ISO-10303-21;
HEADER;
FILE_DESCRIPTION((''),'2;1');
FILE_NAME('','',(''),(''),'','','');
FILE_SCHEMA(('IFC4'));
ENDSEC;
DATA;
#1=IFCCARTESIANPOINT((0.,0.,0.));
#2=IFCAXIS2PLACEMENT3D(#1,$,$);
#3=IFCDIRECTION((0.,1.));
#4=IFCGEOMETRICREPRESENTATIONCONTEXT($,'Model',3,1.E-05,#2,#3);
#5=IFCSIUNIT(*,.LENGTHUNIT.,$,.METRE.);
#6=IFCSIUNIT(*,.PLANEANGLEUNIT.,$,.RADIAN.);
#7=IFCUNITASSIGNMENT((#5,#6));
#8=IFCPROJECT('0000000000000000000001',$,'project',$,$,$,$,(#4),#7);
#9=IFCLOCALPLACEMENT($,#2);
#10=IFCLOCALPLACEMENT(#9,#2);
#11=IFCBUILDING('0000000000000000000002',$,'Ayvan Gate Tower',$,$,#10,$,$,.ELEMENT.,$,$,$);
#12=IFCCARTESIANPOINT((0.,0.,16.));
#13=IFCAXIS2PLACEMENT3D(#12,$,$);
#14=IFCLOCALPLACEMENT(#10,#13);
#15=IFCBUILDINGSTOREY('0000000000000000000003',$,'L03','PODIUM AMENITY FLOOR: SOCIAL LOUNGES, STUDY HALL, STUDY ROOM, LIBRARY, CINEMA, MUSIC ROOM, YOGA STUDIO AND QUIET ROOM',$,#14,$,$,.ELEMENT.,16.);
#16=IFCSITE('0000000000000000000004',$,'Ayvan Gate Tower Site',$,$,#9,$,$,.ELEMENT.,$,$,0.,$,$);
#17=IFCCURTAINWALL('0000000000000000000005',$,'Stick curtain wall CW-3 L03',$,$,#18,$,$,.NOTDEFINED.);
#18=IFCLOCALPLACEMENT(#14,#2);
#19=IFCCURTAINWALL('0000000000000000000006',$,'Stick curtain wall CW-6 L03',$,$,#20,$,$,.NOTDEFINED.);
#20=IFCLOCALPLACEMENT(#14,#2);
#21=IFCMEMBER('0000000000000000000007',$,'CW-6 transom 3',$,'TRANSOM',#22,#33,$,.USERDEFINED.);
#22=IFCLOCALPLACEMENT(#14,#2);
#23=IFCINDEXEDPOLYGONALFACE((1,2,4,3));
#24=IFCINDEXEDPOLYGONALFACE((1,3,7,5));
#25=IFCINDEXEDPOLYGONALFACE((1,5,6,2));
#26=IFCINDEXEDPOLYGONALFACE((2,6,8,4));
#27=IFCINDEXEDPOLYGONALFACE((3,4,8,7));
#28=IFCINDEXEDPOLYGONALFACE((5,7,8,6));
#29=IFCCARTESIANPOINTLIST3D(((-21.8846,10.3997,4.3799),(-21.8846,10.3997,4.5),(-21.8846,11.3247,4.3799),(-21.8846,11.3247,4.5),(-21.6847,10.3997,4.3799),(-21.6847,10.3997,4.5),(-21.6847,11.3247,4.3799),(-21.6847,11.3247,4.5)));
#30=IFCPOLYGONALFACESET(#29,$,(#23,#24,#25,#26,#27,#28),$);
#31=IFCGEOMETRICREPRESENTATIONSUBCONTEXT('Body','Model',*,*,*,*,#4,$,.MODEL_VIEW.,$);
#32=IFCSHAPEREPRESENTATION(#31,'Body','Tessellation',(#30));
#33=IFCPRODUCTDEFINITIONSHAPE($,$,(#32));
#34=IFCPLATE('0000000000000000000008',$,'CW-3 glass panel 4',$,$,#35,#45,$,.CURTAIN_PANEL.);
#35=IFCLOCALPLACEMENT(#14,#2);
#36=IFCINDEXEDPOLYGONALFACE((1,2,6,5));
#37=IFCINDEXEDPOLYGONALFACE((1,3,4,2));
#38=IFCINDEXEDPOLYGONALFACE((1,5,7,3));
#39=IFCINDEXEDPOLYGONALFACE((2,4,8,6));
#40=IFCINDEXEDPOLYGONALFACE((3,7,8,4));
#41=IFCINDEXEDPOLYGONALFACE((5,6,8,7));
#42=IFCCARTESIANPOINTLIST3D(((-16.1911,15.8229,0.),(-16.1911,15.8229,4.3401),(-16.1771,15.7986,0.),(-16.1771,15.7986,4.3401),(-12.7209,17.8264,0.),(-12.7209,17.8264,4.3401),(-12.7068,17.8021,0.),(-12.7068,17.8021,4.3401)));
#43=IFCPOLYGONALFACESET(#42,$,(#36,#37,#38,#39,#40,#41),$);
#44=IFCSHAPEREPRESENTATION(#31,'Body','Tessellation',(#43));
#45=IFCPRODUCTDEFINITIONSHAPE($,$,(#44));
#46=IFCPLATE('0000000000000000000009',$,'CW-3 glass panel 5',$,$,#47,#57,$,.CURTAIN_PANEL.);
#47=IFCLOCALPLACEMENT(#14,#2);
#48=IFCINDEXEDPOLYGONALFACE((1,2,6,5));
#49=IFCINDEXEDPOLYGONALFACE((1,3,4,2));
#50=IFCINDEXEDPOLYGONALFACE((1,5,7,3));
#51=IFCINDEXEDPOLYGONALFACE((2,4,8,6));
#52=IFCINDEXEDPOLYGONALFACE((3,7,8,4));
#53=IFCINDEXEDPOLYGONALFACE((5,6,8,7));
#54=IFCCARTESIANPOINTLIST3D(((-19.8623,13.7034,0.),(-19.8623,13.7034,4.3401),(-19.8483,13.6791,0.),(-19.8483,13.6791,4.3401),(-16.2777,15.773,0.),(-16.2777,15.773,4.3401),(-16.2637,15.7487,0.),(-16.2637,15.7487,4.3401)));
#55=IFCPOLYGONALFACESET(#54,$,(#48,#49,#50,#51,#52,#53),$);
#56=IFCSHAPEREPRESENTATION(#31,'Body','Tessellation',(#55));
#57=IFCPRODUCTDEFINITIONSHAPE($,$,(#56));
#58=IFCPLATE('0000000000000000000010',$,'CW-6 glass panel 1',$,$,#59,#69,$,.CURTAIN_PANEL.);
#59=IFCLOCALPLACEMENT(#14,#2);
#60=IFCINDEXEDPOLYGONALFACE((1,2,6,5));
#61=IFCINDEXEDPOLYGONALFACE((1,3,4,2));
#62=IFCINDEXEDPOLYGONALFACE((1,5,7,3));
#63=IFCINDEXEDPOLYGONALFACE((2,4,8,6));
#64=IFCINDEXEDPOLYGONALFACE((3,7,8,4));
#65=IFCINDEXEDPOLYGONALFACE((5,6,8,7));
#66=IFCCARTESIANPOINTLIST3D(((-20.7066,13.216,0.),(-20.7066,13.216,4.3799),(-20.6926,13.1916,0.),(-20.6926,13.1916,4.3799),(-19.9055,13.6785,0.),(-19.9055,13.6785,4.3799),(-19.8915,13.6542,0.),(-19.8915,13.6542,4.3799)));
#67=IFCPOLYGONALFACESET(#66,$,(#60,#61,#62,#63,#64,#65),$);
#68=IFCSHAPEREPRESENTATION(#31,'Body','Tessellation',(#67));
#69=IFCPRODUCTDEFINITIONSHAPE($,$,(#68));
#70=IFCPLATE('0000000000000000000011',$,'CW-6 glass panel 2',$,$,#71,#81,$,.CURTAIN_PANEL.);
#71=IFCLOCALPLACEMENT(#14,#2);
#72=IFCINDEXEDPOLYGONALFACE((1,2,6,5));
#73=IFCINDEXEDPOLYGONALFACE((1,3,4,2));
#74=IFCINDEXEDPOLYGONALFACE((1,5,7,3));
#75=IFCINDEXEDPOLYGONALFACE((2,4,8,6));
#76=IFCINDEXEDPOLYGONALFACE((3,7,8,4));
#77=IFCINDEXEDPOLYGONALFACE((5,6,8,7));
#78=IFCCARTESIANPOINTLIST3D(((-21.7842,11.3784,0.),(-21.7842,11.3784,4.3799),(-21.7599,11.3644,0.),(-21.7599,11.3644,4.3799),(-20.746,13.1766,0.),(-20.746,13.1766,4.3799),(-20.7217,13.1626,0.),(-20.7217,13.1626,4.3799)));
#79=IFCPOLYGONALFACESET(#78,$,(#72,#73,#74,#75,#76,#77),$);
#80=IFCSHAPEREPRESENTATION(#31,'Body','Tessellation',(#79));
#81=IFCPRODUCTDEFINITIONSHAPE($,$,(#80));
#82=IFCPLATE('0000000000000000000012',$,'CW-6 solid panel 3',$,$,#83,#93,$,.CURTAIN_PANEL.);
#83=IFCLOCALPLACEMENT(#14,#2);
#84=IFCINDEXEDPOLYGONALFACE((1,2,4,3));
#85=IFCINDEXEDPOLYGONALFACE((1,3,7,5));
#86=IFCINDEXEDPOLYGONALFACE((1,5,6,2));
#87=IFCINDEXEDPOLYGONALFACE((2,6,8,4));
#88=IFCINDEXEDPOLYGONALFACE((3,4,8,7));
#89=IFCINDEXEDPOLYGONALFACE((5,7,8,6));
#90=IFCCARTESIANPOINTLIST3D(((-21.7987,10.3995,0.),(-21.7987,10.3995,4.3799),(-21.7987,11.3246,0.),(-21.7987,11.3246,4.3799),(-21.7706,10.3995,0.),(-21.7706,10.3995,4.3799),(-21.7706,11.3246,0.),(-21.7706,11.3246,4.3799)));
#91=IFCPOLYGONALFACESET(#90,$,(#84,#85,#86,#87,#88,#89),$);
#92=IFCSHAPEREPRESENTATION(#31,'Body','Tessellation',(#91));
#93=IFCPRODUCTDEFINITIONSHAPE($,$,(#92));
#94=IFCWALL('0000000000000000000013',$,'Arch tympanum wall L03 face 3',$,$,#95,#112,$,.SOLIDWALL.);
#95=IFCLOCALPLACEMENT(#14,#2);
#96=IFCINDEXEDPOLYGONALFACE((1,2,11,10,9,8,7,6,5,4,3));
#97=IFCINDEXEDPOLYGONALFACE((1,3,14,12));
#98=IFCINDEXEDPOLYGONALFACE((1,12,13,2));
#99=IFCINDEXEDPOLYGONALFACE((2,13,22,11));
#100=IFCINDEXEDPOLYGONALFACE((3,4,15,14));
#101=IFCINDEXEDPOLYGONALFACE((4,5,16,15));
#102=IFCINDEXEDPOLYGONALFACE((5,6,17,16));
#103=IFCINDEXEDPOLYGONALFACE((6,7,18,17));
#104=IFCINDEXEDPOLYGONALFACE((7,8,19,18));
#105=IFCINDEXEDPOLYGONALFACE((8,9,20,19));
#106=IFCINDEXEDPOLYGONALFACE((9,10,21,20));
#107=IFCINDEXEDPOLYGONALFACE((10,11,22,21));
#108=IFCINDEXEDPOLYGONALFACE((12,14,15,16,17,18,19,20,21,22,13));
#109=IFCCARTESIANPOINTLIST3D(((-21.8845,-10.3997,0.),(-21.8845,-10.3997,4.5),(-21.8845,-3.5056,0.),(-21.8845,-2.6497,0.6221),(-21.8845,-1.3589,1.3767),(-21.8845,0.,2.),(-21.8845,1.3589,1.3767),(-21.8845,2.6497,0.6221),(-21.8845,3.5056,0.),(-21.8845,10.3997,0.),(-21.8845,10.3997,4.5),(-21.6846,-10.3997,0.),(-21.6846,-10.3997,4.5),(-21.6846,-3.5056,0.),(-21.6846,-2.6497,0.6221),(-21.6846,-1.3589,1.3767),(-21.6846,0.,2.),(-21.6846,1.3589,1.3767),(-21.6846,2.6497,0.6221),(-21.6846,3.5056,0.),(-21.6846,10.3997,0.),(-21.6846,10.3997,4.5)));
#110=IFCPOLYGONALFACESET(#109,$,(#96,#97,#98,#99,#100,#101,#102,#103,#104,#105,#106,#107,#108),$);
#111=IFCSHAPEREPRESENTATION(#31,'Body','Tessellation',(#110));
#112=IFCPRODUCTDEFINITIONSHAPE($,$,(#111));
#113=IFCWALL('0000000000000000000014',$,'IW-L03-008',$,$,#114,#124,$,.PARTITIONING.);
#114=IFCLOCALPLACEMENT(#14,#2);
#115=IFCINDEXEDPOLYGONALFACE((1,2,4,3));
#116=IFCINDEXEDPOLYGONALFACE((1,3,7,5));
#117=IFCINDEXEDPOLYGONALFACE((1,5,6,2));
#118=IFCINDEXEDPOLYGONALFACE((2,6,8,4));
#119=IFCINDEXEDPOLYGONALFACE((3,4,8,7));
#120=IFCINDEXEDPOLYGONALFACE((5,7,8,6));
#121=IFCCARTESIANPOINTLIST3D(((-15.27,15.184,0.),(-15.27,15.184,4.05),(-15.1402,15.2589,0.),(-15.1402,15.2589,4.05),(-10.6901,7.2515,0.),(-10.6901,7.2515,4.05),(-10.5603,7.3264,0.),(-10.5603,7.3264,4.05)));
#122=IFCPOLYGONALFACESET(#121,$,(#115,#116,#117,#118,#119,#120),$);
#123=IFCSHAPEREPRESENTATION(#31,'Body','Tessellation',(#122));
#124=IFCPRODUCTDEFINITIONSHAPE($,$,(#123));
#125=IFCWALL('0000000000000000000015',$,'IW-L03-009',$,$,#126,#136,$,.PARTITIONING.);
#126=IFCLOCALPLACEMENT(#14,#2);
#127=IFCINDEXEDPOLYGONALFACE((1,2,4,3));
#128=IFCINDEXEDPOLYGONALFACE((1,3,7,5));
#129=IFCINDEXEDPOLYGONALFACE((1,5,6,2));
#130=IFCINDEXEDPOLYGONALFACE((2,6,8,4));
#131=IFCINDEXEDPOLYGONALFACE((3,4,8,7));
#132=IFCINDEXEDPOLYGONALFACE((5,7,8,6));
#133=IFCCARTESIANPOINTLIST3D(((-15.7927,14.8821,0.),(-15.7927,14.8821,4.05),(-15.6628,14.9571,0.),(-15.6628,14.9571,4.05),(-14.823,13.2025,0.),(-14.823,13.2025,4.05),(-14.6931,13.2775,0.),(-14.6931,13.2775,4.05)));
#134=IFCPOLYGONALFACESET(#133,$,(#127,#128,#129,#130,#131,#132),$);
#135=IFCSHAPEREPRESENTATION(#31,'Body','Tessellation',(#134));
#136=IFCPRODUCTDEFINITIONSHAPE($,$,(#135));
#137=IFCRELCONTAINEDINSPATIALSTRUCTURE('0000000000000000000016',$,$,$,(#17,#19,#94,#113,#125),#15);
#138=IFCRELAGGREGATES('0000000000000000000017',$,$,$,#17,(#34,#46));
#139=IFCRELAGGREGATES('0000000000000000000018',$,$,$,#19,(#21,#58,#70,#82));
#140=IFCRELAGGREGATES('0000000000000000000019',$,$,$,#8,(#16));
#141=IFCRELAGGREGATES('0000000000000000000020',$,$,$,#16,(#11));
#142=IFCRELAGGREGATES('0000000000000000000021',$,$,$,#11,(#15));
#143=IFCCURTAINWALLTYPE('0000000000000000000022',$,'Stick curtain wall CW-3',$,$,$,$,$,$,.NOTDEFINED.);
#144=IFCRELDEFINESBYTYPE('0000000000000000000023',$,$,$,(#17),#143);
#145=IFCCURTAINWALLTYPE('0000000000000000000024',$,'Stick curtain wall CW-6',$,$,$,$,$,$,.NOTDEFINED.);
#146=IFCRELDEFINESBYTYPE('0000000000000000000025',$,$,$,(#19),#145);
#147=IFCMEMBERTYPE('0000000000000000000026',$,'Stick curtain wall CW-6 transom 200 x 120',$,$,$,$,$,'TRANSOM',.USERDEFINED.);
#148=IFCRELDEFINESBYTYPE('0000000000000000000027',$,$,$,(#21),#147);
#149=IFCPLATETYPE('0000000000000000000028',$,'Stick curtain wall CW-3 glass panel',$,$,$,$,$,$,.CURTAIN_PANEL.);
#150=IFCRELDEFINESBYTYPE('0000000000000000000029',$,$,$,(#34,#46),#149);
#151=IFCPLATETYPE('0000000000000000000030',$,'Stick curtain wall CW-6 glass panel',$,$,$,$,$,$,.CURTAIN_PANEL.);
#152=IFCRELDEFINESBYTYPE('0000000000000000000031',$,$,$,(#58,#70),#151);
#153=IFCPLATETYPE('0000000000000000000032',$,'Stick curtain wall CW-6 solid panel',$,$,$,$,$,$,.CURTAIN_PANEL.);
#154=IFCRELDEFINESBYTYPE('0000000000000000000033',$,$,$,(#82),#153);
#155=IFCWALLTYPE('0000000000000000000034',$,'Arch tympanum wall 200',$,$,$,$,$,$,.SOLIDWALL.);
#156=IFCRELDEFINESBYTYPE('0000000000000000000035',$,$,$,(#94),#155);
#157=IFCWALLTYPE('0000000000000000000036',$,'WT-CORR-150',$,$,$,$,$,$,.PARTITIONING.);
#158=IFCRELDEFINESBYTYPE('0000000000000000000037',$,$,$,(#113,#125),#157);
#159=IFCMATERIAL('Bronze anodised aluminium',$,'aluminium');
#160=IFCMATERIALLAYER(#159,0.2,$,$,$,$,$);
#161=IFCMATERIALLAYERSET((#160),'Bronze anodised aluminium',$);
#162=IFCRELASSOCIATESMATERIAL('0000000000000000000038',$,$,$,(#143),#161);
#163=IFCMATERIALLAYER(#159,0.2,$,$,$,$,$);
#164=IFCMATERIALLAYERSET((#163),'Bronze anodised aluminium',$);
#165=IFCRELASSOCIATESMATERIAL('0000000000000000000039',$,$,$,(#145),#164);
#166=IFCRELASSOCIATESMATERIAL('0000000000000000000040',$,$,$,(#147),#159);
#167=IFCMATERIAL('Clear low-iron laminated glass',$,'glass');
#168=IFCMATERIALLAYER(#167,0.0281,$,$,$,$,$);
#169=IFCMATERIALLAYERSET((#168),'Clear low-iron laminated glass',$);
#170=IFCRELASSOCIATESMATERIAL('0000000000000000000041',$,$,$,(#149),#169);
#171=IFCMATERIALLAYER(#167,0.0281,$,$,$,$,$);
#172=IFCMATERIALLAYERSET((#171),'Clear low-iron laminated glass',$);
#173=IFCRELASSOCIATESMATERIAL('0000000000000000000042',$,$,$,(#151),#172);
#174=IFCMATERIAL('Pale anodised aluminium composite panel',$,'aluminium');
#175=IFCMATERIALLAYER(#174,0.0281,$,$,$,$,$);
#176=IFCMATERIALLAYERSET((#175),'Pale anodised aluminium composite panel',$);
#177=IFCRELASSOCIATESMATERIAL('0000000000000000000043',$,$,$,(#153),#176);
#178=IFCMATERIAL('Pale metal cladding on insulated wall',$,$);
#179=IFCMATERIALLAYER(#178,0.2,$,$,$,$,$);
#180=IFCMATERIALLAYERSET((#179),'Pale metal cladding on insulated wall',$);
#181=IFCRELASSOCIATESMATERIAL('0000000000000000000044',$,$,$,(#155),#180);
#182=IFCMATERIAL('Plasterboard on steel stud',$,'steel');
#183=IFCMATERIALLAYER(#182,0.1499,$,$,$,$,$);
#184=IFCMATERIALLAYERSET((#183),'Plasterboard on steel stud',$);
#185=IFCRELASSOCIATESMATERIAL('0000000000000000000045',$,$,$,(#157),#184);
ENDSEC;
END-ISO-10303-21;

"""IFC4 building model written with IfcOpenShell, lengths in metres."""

from ifc_helpers import new_model, si_unit, direction, frame, frame_2d, origin, origin_2d, place, context, subcontext, project, spatial, polyline, rectangle, outline, extrude, material, layer, layer_set, material_profile, profile_set, type_object, element, aggregate, save


model = new_model("IFC4")

# Units and contexts
model_context = context("Model", 3, precision=1e-05, world=origin(), true_north=direction((0.0, 1.0)))
body_context = subcontext(model_context, "Body", "Model", "MODEL_VIEW")
ifc_project = project(units=[si_unit("LENGTHUNIT", "METRE"), si_unit("PLANEANGLEUNIT", "RADIAN")], contexts=[model_context])

# Site, building, storey
site_placement = place(None, origin())
site = spatial("IfcSite", under=ifc_project, at=site_placement, Name="Ayvan Gate Tower Site", CompositionType="ELEMENT", RefElevation=0.0)
building_placement = place(site_placement, origin())
building = spatial("IfcBuilding", under=site, at=building_placement, Name="Ayvan Gate Tower", CompositionType="ELEMENT")
storey_placement = place(building_placement, frame((0.0, 0.0, 16.0)))
storey = spatial("IfcBuildingStorey", under=building, at=storey_placement, Name="L03", Description="PODIUM AMENITY FLOOR: SOCIAL LOUNGES, STUDY HALL, STUDY ROOM, LIBRARY, CINEMA, MUSIC ROOM, YOGA STUDIO AND QUIET ROOM", CompositionType="ELEMENT", Elevation=16.0)

# Curtain walls, member
ifc_material_1 = material(Name="Bronze anodised aluminium", Category="aluminium")
ifc_layer_1 = layer(ifc_material_1, 0.2)
ifc_layer_set_1 = layer_set([ifc_layer_1], Name="Bronze anodised aluminium")
curtain_wall_type_1 = type_object("IfcCurtainWallType", Name="Stick curtain wall CW-3", PredefinedType="NOTDEFINED", material=ifc_layer_set_1)
curtain_wall_1_placement = place(storey_placement, origin())
curtain_wall_1 = element("IfcCurtainWall", 1, at=curtain_wall_1_placement, inside=storey, type_object=curtain_wall_type_1, Name="Stick curtain wall CW-3 L03", PredefinedType="NOTDEFINED")
ifc_layer_2 = layer(ifc_material_1, 0.2)
ifc_layer_set_2 = layer_set([ifc_layer_2], Name="Bronze anodised aluminium")
curtain_wall_type_2 = type_object("IfcCurtainWallType", Name="Stick curtain wall CW-6", PredefinedType="NOTDEFINED", material=ifc_layer_set_2)
curtain_wall_2_placement = place(storey_placement, origin())
curtain_wall_2 = element("IfcCurtainWall", 2, at=curtain_wall_2_placement, inside=storey, type_object=curtain_wall_type_2, Name="Stick curtain wall CW-6 L03", PredefinedType="NOTDEFINED")
ifc_material_profile_1 = material_profile(ifc_material_1, rectangle(XDim=0.2, YDim=0.1201, at=origin_2d()), Name="Stick curtain wall CW-6 transom 200 x 120")
ifc_profile_set_1 = profile_set([ifc_material_profile_1], Name="Bronze anodised aluminium")
member_type_1 = type_object("IfcMemberType", Name="Stick curtain wall CW-6 transom 200 x 120", ElementType="TRANSOM", PredefinedType="USERDEFINED", material=ifc_profile_set_1)
member_1_placement = place(storey_placement, frame((-21.7847, 11.3247, 4.4399), z_axis=(0.0, -1.0, 0.0), x_axis=(1.0, 0.0, 0.0)))
member_1 = element("IfcMember", 3, at=member_1_placement, type_object=member_type_1, Name="CW-6 transom 3", ObjectType="TRANSOM", PredefinedType="USERDEFINED", context=body_context, shape_type="SweptSolid", body=[
    extrude(rectangle(XDim=0.2, YDim=0.1201, at=origin_2d()), origin(), (0.0, 0.0, 1.0), 0.925),
])

# Plates
ifc_material_2 = material(Name="Clear low-iron laminated glass", Category="glass")
ifc_layer_3 = layer(ifc_material_2, 0.0281)
ifc_layer_set_3 = layer_set([ifc_layer_3], Name="Clear low-iron laminated glass")
plate_type_1 = type_object("IfcPlateType", Name="Stick curtain wall CW-3 glass panel", PredefinedType="CURTAIN_PANEL", material=ifc_layer_set_3)
plate_1_placement = place(storey_placement, frame((-14.449, 16.8125, 0.0), z_axis=(0.0, 0.0, 1.0), x_axis=(-0.866025, -0.5, 0.0)))
plate_1 = element("IfcPlate", 4, at=plate_1_placement, type_object=plate_type_1, Name="CW-3 glass panel 4", PredefinedType="CURTAIN_PANEL", context=body_context, shape_type="SweptSolid", body=[
    extrude(rectangle(XDim=4.0071, YDim=0.0281, at=origin_2d()), origin(), (0.0, 0.0, 1.0), 4.3401),
])
plate_2_placement = place(storey_placement, frame((-18.063, 14.7261, 0.0), z_axis=(0.0, 0.0, 1.0), x_axis=(-0.866025, -0.5, 0.0)))
plate_2 = element("IfcPlate", 5, at=plate_2_placement, type_object=plate_type_1, Name="CW-3 glass panel 5", PredefinedType="CURTAIN_PANEL", context=body_context, shape_type="SweptSolid", body=[
    extrude(rectangle(XDim=4.1392, YDim=0.0281, at=origin_2d()), origin(), (0.0, 0.0, 1.0), 4.3401),
])
aggregate(curtain_wall_1, [plate_1, plate_2])
ifc_layer_4 = layer(ifc_material_2, 0.0281)
ifc_layer_set_4 = layer_set([ifc_layer_4], Name="Clear low-iron laminated glass")
plate_type_2 = type_object("IfcPlateType", Name="Stick curtain wall CW-6 glass panel", PredefinedType="CURTAIN_PANEL", material=ifc_layer_set_4)
plate_3_placement = place(storey_placement, frame((-20.2991, 13.4351, 0.0), z_axis=(0.0, 0.0, 1.0), x_axis=(-0.866025, -0.5, 0.0)))
plate_3 = element("IfcPlate", 6, at=plate_3_placement, type_object=plate_type_2, Name="CW-6 glass panel 1", PredefinedType="CURTAIN_PANEL", context=body_context, shape_type="SweptSolid", body=[
    extrude(rectangle(XDim=0.925, YDim=0.0281, at=origin_2d()), origin(), (0.0, 0.0, 1.0), 4.3799),
])
plate_4_placement = place(storey_placement, frame((-21.2529, 12.2705, 0.0), z_axis=(0.0, 0.0, 1.0), x_axis=(-0.5, -0.866025, 0.0)))
plate_4 = element("IfcPlate", 7, at=plate_4_placement, type_object=plate_type_2, Name="CW-6 glass panel 2", PredefinedType="CURTAIN_PANEL", context=body_context, shape_type="SweptSolid", body=[
    extrude(rectangle(XDim=2.0764, YDim=0.0281, at=origin_2d()), origin(), (0.0, 0.0, 1.0), 4.3799),
])
ifc_material_3 = material(Name="Pale anodised aluminium composite panel", Category="aluminium")
ifc_layer_5 = layer(ifc_material_3, 0.0281)
ifc_layer_set_5 = layer_set([ifc_layer_5], Name="Pale anodised aluminium composite panel")
plate_type_3 = type_object("IfcPlateType", Name="Stick curtain wall CW-6 solid panel", PredefinedType="CURTAIN_PANEL", material=ifc_layer_set_5)
plate_5_placement = place(storey_placement, frame((-21.7847, 10.8621, 0.0), z_axis=(0.0, 0.0, 1.0), x_axis=(0.0, -1.0, 0.0)))
plate_5 = element("IfcPlate", 8, at=plate_5_placement, type_object=plate_type_3, Name="CW-6 solid panel 3", PredefinedType="CURTAIN_PANEL", context=body_context, shape_type="SweptSolid", body=[
    extrude(rectangle(XDim=0.925, YDim=0.0281, at=origin_2d()), origin(), (0.0, 0.0, 1.0), 4.3799),
])
aggregate(curtain_wall_2, [member_1, plate_3, plate_4, plate_5])

# Walls
ifc_material_4 = material(Name="Pale metal cladding on insulated wall")
ifc_layer_6 = layer(ifc_material_4, 0.2)
ifc_layer_set_6 = layer_set([ifc_layer_6], Name="Pale metal cladding on insulated wall")
wall_type_1 = type_object("IfcWallType", Name="Arch tympanum wall 200", PredefinedType="SOLIDWALL", material=ifc_layer_set_6)
wall_1_placement = place(storey_placement, frame((-21.6846, 10.3997, 4.5), z_axis=(1.0, 0.0, 0.0), x_axis=(0.0, -1.0, 0.0)))
element("IfcWall", 9, at=wall_1_placement, inside=storey, type_object=wall_type_1, Name="Arch tympanum wall L03 face 3", PredefinedType="SOLIDWALL", context=body_context, shape_type="SweptSolid", body=[
    extrude(outline(polyline([(0.0, 0.0), (20.7993, 0.0), (20.7993, 4.5), (13.9053, 4.5), (13.0493, 3.8779), (11.7585, 3.1233), (10.3997, 2.5), (9.0408, 3.1233), (7.75, 3.8779), (6.894, 4.5), (0.0, 4.5), (0.0, 0.0)])), origin(), (0.0, 0.0, -1.0), 0.2),
])
ifc_material_5 = material(Name="Plasterboard on steel stud", Category="steel")
ifc_layer_7 = layer(ifc_material_5, 0.1499)
ifc_layer_set_7 = layer_set([ifc_layer_7], Name="Plasterboard on steel stud")
wall_type_2 = type_object("IfcWallType", Name="WT-CORR-150", PredefinedType="PARTITIONING", material=ifc_layer_set_7)
wall_2_placement = place(storey_placement, frame((-15.2051, 15.2214, 0.0), z_axis=(0.0, 0.0, 1.0), x_axis=(0.500006, -0.866022, 0.0)))
element("IfcWall", 10, at=wall_2_placement, inside=storey, type_object=wall_type_2, Name="IW-L03-008", PredefinedType="PARTITIONING", context=body_context, shape_type="SweptSolid", body=[
    extrude(rectangle(XDim=9.1597, YDim=0.1499, at=frame_2d((4.5798, 0.0))), origin(), (0.0, 0.0, 1.0), 4.05),
])
wall_3_placement = place(storey_placement, frame((-14.7581, 13.24, 0.0), z_axis=(0.0, 0.0, 1.0), x_axis=(-0.499984, 0.866035, 0.0)))
element("IfcWall", 11, at=wall_3_placement, inside=storey, type_object=wall_type_2, Name="IW-L03-009", PredefinedType="PARTITIONING", context=body_context, shape_type="SweptSolid", body=[
    extrude(rectangle(XDim=1.9395, YDim=0.1499, at=frame_2d((0.9697, 0.0))), origin(), (0.0, 0.0, 1.0), 4.05),
])

save(model, "model.ifc")
